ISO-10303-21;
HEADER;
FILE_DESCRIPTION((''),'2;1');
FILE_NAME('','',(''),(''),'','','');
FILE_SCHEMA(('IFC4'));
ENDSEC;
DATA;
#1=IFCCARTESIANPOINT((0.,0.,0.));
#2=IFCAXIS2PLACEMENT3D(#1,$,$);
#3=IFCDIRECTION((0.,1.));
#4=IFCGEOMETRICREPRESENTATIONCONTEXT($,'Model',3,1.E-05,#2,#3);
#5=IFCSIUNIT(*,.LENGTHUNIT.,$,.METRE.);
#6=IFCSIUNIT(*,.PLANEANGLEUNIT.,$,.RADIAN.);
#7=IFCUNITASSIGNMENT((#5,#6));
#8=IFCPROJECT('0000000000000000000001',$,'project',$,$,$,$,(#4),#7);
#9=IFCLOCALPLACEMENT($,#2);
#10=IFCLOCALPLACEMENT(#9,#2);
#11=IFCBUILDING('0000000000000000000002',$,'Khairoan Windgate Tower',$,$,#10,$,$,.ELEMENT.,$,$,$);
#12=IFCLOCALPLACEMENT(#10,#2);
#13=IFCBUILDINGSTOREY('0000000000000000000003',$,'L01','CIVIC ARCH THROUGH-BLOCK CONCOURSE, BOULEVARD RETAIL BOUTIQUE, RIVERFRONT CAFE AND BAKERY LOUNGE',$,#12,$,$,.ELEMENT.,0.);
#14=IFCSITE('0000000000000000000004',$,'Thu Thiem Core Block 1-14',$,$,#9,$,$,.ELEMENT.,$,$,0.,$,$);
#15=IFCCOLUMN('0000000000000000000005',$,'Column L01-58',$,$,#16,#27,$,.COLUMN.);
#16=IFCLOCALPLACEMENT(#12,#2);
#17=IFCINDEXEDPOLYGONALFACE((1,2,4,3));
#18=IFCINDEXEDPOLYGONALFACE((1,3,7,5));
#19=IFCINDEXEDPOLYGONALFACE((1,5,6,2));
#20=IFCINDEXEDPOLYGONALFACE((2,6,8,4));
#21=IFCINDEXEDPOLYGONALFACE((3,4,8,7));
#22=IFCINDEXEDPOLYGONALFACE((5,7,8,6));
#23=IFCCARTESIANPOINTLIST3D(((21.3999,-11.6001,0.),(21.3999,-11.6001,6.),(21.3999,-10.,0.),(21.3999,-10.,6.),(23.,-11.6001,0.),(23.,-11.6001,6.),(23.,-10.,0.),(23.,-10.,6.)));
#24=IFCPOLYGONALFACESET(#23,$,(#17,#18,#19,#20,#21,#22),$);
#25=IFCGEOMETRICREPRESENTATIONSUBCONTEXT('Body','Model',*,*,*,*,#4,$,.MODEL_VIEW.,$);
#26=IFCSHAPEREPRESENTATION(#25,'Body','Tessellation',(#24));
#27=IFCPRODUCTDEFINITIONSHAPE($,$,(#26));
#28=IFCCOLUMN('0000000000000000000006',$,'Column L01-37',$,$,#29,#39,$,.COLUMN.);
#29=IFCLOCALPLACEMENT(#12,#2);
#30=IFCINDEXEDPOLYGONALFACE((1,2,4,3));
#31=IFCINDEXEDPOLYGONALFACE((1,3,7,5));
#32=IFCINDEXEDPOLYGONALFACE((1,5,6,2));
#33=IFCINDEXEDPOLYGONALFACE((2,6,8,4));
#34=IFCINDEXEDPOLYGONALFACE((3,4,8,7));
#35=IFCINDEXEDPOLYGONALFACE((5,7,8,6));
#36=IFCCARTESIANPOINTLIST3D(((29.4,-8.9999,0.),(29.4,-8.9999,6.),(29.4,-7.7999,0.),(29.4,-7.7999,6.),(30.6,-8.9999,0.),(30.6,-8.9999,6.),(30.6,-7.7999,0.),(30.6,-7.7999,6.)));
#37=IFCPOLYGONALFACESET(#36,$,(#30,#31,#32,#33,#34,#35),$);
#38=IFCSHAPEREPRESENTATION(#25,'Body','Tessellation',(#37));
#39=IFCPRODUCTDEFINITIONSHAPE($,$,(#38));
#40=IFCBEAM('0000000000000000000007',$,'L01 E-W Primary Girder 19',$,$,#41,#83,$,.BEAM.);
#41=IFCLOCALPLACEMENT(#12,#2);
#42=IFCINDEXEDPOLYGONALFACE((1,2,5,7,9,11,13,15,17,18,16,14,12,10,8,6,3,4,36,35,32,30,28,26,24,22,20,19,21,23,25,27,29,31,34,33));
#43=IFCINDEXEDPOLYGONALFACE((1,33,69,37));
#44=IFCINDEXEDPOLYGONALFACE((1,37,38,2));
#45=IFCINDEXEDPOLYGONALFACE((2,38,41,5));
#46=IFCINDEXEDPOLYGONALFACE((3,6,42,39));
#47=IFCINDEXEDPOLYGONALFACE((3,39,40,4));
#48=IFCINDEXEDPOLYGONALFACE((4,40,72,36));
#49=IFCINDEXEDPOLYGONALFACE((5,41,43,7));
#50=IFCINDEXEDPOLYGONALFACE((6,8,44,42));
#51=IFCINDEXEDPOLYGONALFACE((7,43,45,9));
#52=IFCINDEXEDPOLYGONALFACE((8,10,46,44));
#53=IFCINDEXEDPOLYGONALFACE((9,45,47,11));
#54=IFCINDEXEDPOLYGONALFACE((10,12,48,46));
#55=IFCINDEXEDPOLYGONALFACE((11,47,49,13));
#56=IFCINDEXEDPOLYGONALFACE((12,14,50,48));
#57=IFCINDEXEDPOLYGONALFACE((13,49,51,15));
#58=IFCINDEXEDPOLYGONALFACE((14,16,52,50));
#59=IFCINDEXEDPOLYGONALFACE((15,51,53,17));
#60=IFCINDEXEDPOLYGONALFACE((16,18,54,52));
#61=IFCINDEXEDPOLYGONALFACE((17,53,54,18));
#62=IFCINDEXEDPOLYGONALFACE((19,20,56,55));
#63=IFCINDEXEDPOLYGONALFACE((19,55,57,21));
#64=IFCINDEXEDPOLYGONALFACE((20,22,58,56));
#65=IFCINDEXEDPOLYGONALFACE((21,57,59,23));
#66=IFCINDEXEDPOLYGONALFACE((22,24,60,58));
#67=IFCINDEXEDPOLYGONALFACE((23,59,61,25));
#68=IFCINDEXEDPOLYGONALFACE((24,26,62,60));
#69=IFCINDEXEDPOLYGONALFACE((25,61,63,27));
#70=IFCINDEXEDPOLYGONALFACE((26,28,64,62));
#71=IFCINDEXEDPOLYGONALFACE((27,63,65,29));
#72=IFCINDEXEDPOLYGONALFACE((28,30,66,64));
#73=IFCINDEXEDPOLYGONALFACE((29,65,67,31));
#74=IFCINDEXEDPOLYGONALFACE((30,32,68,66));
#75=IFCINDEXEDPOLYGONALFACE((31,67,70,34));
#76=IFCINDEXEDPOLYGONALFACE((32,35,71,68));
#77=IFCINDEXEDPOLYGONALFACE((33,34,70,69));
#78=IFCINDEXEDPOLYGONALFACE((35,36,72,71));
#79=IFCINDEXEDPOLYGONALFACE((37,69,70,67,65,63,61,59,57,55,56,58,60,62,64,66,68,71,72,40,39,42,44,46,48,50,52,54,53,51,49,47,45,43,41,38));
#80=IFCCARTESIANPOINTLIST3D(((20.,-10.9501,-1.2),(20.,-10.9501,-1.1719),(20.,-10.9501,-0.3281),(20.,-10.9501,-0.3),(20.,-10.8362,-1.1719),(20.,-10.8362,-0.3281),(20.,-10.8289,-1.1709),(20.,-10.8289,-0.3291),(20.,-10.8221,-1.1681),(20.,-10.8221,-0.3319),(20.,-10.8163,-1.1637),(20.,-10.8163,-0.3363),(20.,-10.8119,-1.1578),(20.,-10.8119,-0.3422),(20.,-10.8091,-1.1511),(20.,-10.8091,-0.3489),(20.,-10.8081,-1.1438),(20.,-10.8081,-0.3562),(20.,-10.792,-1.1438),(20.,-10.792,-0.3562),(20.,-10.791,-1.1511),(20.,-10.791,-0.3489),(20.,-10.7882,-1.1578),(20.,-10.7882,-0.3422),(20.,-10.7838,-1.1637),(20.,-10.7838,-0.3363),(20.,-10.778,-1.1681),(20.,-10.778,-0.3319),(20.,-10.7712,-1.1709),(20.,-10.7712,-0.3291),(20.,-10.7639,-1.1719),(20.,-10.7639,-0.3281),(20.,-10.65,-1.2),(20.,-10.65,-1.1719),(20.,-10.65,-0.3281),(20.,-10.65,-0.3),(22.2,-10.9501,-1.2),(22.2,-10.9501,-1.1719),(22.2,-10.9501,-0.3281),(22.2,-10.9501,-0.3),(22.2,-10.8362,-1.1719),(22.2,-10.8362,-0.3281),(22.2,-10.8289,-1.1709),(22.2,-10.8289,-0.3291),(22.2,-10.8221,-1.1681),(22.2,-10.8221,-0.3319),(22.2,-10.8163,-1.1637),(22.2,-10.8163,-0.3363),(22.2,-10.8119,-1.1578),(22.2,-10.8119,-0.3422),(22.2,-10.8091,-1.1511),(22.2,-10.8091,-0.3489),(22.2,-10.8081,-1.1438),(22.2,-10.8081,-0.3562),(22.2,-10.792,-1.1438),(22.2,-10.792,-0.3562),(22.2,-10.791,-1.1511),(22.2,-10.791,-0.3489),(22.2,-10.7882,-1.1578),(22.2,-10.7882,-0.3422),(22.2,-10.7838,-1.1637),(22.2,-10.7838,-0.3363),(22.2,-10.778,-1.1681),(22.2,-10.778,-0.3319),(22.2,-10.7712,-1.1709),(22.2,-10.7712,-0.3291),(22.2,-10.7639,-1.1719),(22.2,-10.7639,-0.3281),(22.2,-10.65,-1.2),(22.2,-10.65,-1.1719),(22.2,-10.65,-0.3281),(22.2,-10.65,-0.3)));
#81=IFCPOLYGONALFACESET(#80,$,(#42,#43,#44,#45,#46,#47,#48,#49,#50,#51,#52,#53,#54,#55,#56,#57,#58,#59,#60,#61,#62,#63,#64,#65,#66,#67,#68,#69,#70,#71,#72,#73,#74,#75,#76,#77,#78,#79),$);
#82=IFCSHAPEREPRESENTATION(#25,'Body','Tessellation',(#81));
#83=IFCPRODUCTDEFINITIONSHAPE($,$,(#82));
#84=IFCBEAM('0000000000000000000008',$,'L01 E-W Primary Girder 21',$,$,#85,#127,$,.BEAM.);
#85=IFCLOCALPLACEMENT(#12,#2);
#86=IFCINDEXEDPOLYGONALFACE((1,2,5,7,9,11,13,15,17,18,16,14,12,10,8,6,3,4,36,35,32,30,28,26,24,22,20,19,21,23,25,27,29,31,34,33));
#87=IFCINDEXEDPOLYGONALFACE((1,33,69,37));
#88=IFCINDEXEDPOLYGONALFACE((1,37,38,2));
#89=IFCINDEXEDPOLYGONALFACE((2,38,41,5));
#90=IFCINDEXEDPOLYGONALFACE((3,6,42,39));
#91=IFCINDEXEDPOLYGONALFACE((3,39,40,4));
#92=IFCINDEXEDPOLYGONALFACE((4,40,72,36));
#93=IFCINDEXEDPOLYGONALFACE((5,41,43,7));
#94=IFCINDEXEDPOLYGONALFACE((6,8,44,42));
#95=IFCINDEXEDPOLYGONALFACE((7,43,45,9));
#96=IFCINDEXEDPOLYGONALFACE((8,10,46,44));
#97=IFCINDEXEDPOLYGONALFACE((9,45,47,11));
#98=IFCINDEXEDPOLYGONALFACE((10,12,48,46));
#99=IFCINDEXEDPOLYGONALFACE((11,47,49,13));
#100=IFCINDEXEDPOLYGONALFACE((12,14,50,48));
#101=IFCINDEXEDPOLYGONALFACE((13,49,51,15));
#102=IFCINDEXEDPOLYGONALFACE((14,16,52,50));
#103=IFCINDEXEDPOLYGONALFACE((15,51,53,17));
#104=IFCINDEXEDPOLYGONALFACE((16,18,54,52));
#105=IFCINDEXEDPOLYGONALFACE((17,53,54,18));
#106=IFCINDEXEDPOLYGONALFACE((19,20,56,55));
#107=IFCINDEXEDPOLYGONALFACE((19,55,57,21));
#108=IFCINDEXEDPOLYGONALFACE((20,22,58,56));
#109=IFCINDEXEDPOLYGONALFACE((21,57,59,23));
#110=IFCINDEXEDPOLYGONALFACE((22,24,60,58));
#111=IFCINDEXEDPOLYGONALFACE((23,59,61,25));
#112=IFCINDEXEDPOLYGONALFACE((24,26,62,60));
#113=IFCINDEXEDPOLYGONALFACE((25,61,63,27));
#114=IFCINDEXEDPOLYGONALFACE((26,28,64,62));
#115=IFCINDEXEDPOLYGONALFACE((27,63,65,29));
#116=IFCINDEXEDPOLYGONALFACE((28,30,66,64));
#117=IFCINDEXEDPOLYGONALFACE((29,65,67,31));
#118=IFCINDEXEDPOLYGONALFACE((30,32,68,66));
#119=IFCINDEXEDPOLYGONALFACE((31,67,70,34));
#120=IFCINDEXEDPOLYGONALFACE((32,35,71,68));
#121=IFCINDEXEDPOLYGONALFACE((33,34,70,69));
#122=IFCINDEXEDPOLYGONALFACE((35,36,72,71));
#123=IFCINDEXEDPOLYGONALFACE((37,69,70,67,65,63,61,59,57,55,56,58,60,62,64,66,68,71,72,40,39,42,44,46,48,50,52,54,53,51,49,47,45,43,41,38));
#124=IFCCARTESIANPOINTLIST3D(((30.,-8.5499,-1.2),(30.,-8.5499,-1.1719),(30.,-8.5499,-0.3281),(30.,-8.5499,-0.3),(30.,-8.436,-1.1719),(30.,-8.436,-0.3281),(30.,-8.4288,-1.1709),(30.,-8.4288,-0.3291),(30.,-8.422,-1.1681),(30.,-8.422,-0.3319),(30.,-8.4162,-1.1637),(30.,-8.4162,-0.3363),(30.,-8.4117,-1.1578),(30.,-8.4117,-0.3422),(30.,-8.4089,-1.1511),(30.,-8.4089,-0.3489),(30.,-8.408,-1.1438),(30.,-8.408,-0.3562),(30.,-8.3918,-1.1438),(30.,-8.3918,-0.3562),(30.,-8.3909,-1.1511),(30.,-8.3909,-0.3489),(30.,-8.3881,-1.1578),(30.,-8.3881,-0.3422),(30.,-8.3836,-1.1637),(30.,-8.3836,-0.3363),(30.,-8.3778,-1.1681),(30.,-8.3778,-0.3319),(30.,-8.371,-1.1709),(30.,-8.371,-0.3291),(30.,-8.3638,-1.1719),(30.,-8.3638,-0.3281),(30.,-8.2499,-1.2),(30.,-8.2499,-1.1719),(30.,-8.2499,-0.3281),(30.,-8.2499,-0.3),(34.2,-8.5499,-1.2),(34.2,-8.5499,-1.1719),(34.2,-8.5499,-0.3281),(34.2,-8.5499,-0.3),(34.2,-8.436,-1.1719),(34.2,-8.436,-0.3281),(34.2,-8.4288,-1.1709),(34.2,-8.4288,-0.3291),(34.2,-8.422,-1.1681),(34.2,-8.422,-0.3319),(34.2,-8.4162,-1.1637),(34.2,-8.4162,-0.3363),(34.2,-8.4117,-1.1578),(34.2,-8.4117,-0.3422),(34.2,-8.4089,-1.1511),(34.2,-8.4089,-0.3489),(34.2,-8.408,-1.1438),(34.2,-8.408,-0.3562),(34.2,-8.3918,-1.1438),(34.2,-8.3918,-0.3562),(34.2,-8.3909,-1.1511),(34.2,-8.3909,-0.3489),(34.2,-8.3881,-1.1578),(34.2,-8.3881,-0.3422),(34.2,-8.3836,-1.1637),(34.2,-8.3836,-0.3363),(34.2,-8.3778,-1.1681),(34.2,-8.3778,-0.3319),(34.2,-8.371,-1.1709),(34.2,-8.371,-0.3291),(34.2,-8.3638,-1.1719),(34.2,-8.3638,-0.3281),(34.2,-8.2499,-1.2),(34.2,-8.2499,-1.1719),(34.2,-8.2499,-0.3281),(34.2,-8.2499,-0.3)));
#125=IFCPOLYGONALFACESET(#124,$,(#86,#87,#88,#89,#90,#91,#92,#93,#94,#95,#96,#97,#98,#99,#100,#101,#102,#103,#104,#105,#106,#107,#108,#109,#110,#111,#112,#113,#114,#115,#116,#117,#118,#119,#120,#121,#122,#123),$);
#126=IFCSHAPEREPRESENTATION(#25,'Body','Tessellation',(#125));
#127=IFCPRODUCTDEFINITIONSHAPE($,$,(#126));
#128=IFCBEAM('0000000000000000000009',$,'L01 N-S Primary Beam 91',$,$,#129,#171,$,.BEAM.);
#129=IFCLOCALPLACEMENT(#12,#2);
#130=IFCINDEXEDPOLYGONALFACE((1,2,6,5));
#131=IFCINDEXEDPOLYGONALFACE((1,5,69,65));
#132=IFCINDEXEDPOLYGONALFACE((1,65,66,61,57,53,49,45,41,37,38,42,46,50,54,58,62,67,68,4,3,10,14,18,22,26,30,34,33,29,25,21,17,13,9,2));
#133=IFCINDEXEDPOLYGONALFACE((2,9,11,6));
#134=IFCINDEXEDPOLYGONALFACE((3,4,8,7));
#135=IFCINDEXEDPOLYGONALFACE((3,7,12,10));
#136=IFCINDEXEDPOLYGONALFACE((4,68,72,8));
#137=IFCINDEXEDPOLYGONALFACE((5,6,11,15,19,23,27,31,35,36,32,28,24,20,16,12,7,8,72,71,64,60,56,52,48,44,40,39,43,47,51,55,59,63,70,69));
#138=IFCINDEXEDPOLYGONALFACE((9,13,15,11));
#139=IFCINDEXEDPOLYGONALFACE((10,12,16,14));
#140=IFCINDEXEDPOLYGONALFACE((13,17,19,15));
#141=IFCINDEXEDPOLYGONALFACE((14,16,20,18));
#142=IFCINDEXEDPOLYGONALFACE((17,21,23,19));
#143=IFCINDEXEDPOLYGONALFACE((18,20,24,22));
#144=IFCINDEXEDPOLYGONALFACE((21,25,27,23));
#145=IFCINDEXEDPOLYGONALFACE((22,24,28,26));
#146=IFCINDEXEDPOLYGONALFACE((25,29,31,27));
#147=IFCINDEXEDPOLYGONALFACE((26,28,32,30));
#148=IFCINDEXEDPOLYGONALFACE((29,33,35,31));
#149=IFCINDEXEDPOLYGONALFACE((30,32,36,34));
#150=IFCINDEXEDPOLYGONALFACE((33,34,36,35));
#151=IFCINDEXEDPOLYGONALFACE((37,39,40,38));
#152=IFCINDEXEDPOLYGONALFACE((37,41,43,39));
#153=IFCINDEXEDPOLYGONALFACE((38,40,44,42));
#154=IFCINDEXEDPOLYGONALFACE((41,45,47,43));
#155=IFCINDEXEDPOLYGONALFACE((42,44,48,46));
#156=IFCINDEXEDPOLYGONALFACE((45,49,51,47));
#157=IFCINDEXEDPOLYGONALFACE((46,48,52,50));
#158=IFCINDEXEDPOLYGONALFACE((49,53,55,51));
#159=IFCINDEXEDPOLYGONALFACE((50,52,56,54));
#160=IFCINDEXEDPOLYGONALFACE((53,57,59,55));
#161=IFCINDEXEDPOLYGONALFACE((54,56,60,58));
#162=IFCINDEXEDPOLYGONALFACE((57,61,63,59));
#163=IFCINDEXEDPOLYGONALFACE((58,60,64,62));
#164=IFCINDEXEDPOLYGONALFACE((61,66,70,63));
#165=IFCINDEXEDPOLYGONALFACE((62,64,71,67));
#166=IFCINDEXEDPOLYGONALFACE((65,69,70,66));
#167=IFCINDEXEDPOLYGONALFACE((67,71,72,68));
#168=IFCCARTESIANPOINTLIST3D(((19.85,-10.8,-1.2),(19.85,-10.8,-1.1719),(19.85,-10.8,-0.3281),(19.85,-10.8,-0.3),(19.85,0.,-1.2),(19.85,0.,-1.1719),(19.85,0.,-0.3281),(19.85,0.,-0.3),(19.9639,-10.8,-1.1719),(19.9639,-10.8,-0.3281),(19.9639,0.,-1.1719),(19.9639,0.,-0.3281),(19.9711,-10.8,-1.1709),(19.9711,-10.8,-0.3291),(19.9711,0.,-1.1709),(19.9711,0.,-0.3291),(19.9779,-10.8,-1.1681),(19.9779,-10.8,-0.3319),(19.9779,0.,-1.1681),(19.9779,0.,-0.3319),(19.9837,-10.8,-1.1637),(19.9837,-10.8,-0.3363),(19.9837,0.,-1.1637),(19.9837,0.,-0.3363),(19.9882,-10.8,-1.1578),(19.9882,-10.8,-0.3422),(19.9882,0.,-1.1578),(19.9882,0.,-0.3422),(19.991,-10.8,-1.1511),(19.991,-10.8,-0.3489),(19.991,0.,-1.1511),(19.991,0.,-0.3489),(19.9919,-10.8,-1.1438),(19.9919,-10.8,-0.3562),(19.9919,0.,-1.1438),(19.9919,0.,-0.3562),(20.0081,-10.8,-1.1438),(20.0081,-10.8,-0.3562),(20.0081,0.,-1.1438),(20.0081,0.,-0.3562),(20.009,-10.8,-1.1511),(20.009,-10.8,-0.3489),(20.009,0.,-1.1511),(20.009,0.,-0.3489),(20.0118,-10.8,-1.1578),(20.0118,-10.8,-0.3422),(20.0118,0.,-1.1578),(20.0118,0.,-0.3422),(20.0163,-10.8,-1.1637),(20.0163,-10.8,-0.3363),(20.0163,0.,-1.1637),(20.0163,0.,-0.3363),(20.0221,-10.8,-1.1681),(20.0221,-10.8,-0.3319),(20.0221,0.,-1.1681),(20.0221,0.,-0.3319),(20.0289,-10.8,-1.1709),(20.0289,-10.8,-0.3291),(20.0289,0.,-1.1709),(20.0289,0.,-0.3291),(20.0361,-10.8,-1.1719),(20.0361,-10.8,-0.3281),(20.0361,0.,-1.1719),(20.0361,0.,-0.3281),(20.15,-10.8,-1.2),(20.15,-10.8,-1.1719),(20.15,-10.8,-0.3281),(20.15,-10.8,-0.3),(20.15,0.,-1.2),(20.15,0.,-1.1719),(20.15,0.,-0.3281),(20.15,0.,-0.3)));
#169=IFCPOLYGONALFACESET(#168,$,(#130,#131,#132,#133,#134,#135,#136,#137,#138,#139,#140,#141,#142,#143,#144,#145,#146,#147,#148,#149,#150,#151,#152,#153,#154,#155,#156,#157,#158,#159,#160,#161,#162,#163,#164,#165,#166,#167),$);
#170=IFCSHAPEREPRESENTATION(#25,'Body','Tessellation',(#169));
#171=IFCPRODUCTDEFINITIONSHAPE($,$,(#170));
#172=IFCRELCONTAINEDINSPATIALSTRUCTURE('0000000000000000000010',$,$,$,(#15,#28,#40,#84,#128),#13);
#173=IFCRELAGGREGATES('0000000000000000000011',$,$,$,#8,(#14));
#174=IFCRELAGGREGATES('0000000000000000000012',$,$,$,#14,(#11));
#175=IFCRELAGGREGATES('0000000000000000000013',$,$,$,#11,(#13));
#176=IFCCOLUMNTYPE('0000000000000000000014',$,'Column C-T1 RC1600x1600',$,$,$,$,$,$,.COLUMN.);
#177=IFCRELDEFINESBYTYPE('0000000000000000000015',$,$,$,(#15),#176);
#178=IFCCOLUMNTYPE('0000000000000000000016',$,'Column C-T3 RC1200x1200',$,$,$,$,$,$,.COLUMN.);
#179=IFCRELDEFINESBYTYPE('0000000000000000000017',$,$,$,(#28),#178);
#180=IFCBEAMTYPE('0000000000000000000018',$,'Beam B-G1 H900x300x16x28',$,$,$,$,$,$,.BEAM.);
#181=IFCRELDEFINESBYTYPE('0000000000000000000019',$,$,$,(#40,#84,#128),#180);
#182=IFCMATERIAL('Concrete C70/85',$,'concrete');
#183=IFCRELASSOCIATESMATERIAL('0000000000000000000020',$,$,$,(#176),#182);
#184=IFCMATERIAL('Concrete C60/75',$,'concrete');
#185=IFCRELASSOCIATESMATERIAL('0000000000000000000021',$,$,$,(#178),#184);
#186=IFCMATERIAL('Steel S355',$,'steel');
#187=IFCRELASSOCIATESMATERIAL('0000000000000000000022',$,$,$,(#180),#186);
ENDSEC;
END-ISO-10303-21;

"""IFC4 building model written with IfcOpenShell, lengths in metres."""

from ifc_helpers import new_model, si_unit, direction, frame, origin, origin_2d, place, context, subcontext, project, spatial, rectangle, i_section, extrude, material, material_profile, profile_set, type_object, element, save


model = new_model("IFC4")

# Units and contexts
model_context = context("Model", 3, precision=1e-05, world=origin(), true_north=direction((0.0, 1.0)))
body_context = subcontext(model_context, "Body", "Model", "MODEL_VIEW")
ifc_project = project(units=[si_unit("LENGTHUNIT", "METRE"), si_unit("PLANEANGLEUNIT", "RADIAN")], contexts=[model_context])

# Site, building, storey
site_placement = place(None, origin())
site = spatial("IfcSite", under=ifc_project, at=site_placement, Name="Thu Thiem Core Block 1-14", CompositionType="ELEMENT", RefElevation=0.0)
building_placement = place(site_placement, origin())
building = spatial("IfcBuilding", under=site, at=building_placement, Name="Khairoan Windgate Tower", CompositionType="ELEMENT")
storey_placement = place(building_placement, origin())
storey = spatial("IfcBuildingStorey", under=building, at=storey_placement, Name="L01", Description="CIVIC ARCH THROUGH-BLOCK CONCOURSE, BOULEVARD RETAIL BOUTIQUE, RIVERFRONT CAFE AND BAKERY LOUNGE", CompositionType="ELEMENT", Elevation=0.0)

# Columns
ifc_material_1 = material(Name="Concrete C70/85", Category="concrete")
ifc_material_profile_1 = material_profile(ifc_material_1, rectangle(XDim=1.6001, YDim=1.6001, at=origin_2d()))
ifc_profile_set_1 = profile_set([ifc_material_profile_1], Name="Concrete C70/85")
column_type_1 = type_object("IfcColumnType", Name="Column C-T1 RC1600x1600", PredefinedType="COLUMN", material=ifc_profile_set_1)
column_1_placement = place(storey_placement, frame((22.2, -10.8, 0.0), z_axis=(0.0, 0.0, 1.0), x_axis=(1.0, 0.0, 0.0)))
element("IfcColumn", 1, at=column_1_placement, inside=storey, type_object=column_type_1, Name="Column L01-58", PredefinedType="COLUMN", context=body_context, shape_type="SweptSolid", body=[
    extrude(rectangle(XDim=1.6001, YDim=1.6001, at=origin_2d()), origin(), (0.0, 0.0, 1.0), 6.0),
])
ifc_material_2 = material(Name="Concrete C60/75", Category="concrete")
ifc_material_profile_2 = material_profile(ifc_material_2, rectangle(XDim=1.2, YDim=1.2, at=origin_2d()))
ifc_profile_set_2 = profile_set([ifc_material_profile_2], Name="Concrete C60/75")
column_type_2 = type_object("IfcColumnType", Name="Column C-T3 RC1200x1200", PredefinedType="COLUMN", material=ifc_profile_set_2)
column_2_placement = place(storey_placement, frame((30.0, -8.3999, 0.0), z_axis=(0.0, 0.0, 1.0), x_axis=(1.0, 0.0, 0.0)))
element("IfcColumn", 2, at=column_2_placement, inside=storey, type_object=column_type_2, Name="Column L01-37", PredefinedType="COLUMN", context=body_context, shape_type="SweptSolid", body=[
    extrude(rectangle(XDim=1.2, YDim=1.2, at=origin_2d()), origin(), (0.0, 0.0, 1.0), 6.0),
])

# Beams
ifc_material_3 = material(Name="Steel S355", Category="steel")
ifc_material_profile_3 = material_profile(ifc_material_3, i_section(OverallWidth=0.3, OverallDepth=0.8999, WebThickness=0.0161, FlangeThickness=0.0281, FilletRadius=0.0281, at=origin_2d()))
ifc_profile_set_3 = profile_set([ifc_material_profile_3], Name="Steel S355")
beam_type = type_object("IfcBeamType", Name="Beam B-G1 H900x300x16x28", PredefinedType="BEAM", material=ifc_profile_set_3)
beam_1_placement = place(storey_placement, frame((20.0, -10.8, -0.75), z_axis=(1.0, 0.0, 0.0), x_axis=(0.0, 1.0, 0.0)))
element("IfcBeam", 3, at=beam_1_placement, inside=storey, type_object=beam_type, Name="L01 E-W Primary Girder 19", PredefinedType="BEAM", context=body_context, shape_type="SweptSolid", body=[
    extrude(i_section(OverallWidth=0.3, OverallDepth=0.8999, WebThickness=0.0161, FlangeThickness=0.0281, FilletRadius=0.0281, at=origin_2d()), origin(), (0.0, 0.0, 1.0), 2.2),
])
beam_2_placement = place(storey_placement, frame((30.0, -8.3999, -0.75), z_axis=(1.0, 0.0, 0.0), x_axis=(0.0, 1.0, 0.0)))
element("IfcBeam", 4, at=beam_2_placement, inside=storey, type_object=beam_type, Name="L01 E-W Primary Girder 21", PredefinedType="BEAM", context=body_context, shape_type="SweptSolid", body=[
    extrude(i_section(OverallWidth=0.3, OverallDepth=0.8999, WebThickness=0.0161, FlangeThickness=0.0281, FilletRadius=0.0281, at=origin_2d()), origin(), (0.0, 0.0, 1.0), 4.2),
])
for number, where, z_axis, x_axis, name in (
    (5, (20.0, -10.8, -0.75), (0.0, 1.0, 0.0), (-1.0, 0.0, 0.0), "L01 N-S Primary Beam 91"),
):
    element("IfcBeam", number, at=place(storey_placement, frame(where, z_axis=z_axis, x_axis=x_axis)), inside=storey, type_object=beam_type, Name=name, PredefinedType="BEAM", context=body_context, shape_type="SweptSolid", body=[
        extrude(i_section(OverallWidth=0.3, OverallDepth=0.8999, WebThickness=0.0161, FlangeThickness=0.0281, FilletRadius=0.0281, at=origin_2d()), origin(), (0.0, 0.0, 1.0), 10.8),
    ])

save(model, "model.ifc")
